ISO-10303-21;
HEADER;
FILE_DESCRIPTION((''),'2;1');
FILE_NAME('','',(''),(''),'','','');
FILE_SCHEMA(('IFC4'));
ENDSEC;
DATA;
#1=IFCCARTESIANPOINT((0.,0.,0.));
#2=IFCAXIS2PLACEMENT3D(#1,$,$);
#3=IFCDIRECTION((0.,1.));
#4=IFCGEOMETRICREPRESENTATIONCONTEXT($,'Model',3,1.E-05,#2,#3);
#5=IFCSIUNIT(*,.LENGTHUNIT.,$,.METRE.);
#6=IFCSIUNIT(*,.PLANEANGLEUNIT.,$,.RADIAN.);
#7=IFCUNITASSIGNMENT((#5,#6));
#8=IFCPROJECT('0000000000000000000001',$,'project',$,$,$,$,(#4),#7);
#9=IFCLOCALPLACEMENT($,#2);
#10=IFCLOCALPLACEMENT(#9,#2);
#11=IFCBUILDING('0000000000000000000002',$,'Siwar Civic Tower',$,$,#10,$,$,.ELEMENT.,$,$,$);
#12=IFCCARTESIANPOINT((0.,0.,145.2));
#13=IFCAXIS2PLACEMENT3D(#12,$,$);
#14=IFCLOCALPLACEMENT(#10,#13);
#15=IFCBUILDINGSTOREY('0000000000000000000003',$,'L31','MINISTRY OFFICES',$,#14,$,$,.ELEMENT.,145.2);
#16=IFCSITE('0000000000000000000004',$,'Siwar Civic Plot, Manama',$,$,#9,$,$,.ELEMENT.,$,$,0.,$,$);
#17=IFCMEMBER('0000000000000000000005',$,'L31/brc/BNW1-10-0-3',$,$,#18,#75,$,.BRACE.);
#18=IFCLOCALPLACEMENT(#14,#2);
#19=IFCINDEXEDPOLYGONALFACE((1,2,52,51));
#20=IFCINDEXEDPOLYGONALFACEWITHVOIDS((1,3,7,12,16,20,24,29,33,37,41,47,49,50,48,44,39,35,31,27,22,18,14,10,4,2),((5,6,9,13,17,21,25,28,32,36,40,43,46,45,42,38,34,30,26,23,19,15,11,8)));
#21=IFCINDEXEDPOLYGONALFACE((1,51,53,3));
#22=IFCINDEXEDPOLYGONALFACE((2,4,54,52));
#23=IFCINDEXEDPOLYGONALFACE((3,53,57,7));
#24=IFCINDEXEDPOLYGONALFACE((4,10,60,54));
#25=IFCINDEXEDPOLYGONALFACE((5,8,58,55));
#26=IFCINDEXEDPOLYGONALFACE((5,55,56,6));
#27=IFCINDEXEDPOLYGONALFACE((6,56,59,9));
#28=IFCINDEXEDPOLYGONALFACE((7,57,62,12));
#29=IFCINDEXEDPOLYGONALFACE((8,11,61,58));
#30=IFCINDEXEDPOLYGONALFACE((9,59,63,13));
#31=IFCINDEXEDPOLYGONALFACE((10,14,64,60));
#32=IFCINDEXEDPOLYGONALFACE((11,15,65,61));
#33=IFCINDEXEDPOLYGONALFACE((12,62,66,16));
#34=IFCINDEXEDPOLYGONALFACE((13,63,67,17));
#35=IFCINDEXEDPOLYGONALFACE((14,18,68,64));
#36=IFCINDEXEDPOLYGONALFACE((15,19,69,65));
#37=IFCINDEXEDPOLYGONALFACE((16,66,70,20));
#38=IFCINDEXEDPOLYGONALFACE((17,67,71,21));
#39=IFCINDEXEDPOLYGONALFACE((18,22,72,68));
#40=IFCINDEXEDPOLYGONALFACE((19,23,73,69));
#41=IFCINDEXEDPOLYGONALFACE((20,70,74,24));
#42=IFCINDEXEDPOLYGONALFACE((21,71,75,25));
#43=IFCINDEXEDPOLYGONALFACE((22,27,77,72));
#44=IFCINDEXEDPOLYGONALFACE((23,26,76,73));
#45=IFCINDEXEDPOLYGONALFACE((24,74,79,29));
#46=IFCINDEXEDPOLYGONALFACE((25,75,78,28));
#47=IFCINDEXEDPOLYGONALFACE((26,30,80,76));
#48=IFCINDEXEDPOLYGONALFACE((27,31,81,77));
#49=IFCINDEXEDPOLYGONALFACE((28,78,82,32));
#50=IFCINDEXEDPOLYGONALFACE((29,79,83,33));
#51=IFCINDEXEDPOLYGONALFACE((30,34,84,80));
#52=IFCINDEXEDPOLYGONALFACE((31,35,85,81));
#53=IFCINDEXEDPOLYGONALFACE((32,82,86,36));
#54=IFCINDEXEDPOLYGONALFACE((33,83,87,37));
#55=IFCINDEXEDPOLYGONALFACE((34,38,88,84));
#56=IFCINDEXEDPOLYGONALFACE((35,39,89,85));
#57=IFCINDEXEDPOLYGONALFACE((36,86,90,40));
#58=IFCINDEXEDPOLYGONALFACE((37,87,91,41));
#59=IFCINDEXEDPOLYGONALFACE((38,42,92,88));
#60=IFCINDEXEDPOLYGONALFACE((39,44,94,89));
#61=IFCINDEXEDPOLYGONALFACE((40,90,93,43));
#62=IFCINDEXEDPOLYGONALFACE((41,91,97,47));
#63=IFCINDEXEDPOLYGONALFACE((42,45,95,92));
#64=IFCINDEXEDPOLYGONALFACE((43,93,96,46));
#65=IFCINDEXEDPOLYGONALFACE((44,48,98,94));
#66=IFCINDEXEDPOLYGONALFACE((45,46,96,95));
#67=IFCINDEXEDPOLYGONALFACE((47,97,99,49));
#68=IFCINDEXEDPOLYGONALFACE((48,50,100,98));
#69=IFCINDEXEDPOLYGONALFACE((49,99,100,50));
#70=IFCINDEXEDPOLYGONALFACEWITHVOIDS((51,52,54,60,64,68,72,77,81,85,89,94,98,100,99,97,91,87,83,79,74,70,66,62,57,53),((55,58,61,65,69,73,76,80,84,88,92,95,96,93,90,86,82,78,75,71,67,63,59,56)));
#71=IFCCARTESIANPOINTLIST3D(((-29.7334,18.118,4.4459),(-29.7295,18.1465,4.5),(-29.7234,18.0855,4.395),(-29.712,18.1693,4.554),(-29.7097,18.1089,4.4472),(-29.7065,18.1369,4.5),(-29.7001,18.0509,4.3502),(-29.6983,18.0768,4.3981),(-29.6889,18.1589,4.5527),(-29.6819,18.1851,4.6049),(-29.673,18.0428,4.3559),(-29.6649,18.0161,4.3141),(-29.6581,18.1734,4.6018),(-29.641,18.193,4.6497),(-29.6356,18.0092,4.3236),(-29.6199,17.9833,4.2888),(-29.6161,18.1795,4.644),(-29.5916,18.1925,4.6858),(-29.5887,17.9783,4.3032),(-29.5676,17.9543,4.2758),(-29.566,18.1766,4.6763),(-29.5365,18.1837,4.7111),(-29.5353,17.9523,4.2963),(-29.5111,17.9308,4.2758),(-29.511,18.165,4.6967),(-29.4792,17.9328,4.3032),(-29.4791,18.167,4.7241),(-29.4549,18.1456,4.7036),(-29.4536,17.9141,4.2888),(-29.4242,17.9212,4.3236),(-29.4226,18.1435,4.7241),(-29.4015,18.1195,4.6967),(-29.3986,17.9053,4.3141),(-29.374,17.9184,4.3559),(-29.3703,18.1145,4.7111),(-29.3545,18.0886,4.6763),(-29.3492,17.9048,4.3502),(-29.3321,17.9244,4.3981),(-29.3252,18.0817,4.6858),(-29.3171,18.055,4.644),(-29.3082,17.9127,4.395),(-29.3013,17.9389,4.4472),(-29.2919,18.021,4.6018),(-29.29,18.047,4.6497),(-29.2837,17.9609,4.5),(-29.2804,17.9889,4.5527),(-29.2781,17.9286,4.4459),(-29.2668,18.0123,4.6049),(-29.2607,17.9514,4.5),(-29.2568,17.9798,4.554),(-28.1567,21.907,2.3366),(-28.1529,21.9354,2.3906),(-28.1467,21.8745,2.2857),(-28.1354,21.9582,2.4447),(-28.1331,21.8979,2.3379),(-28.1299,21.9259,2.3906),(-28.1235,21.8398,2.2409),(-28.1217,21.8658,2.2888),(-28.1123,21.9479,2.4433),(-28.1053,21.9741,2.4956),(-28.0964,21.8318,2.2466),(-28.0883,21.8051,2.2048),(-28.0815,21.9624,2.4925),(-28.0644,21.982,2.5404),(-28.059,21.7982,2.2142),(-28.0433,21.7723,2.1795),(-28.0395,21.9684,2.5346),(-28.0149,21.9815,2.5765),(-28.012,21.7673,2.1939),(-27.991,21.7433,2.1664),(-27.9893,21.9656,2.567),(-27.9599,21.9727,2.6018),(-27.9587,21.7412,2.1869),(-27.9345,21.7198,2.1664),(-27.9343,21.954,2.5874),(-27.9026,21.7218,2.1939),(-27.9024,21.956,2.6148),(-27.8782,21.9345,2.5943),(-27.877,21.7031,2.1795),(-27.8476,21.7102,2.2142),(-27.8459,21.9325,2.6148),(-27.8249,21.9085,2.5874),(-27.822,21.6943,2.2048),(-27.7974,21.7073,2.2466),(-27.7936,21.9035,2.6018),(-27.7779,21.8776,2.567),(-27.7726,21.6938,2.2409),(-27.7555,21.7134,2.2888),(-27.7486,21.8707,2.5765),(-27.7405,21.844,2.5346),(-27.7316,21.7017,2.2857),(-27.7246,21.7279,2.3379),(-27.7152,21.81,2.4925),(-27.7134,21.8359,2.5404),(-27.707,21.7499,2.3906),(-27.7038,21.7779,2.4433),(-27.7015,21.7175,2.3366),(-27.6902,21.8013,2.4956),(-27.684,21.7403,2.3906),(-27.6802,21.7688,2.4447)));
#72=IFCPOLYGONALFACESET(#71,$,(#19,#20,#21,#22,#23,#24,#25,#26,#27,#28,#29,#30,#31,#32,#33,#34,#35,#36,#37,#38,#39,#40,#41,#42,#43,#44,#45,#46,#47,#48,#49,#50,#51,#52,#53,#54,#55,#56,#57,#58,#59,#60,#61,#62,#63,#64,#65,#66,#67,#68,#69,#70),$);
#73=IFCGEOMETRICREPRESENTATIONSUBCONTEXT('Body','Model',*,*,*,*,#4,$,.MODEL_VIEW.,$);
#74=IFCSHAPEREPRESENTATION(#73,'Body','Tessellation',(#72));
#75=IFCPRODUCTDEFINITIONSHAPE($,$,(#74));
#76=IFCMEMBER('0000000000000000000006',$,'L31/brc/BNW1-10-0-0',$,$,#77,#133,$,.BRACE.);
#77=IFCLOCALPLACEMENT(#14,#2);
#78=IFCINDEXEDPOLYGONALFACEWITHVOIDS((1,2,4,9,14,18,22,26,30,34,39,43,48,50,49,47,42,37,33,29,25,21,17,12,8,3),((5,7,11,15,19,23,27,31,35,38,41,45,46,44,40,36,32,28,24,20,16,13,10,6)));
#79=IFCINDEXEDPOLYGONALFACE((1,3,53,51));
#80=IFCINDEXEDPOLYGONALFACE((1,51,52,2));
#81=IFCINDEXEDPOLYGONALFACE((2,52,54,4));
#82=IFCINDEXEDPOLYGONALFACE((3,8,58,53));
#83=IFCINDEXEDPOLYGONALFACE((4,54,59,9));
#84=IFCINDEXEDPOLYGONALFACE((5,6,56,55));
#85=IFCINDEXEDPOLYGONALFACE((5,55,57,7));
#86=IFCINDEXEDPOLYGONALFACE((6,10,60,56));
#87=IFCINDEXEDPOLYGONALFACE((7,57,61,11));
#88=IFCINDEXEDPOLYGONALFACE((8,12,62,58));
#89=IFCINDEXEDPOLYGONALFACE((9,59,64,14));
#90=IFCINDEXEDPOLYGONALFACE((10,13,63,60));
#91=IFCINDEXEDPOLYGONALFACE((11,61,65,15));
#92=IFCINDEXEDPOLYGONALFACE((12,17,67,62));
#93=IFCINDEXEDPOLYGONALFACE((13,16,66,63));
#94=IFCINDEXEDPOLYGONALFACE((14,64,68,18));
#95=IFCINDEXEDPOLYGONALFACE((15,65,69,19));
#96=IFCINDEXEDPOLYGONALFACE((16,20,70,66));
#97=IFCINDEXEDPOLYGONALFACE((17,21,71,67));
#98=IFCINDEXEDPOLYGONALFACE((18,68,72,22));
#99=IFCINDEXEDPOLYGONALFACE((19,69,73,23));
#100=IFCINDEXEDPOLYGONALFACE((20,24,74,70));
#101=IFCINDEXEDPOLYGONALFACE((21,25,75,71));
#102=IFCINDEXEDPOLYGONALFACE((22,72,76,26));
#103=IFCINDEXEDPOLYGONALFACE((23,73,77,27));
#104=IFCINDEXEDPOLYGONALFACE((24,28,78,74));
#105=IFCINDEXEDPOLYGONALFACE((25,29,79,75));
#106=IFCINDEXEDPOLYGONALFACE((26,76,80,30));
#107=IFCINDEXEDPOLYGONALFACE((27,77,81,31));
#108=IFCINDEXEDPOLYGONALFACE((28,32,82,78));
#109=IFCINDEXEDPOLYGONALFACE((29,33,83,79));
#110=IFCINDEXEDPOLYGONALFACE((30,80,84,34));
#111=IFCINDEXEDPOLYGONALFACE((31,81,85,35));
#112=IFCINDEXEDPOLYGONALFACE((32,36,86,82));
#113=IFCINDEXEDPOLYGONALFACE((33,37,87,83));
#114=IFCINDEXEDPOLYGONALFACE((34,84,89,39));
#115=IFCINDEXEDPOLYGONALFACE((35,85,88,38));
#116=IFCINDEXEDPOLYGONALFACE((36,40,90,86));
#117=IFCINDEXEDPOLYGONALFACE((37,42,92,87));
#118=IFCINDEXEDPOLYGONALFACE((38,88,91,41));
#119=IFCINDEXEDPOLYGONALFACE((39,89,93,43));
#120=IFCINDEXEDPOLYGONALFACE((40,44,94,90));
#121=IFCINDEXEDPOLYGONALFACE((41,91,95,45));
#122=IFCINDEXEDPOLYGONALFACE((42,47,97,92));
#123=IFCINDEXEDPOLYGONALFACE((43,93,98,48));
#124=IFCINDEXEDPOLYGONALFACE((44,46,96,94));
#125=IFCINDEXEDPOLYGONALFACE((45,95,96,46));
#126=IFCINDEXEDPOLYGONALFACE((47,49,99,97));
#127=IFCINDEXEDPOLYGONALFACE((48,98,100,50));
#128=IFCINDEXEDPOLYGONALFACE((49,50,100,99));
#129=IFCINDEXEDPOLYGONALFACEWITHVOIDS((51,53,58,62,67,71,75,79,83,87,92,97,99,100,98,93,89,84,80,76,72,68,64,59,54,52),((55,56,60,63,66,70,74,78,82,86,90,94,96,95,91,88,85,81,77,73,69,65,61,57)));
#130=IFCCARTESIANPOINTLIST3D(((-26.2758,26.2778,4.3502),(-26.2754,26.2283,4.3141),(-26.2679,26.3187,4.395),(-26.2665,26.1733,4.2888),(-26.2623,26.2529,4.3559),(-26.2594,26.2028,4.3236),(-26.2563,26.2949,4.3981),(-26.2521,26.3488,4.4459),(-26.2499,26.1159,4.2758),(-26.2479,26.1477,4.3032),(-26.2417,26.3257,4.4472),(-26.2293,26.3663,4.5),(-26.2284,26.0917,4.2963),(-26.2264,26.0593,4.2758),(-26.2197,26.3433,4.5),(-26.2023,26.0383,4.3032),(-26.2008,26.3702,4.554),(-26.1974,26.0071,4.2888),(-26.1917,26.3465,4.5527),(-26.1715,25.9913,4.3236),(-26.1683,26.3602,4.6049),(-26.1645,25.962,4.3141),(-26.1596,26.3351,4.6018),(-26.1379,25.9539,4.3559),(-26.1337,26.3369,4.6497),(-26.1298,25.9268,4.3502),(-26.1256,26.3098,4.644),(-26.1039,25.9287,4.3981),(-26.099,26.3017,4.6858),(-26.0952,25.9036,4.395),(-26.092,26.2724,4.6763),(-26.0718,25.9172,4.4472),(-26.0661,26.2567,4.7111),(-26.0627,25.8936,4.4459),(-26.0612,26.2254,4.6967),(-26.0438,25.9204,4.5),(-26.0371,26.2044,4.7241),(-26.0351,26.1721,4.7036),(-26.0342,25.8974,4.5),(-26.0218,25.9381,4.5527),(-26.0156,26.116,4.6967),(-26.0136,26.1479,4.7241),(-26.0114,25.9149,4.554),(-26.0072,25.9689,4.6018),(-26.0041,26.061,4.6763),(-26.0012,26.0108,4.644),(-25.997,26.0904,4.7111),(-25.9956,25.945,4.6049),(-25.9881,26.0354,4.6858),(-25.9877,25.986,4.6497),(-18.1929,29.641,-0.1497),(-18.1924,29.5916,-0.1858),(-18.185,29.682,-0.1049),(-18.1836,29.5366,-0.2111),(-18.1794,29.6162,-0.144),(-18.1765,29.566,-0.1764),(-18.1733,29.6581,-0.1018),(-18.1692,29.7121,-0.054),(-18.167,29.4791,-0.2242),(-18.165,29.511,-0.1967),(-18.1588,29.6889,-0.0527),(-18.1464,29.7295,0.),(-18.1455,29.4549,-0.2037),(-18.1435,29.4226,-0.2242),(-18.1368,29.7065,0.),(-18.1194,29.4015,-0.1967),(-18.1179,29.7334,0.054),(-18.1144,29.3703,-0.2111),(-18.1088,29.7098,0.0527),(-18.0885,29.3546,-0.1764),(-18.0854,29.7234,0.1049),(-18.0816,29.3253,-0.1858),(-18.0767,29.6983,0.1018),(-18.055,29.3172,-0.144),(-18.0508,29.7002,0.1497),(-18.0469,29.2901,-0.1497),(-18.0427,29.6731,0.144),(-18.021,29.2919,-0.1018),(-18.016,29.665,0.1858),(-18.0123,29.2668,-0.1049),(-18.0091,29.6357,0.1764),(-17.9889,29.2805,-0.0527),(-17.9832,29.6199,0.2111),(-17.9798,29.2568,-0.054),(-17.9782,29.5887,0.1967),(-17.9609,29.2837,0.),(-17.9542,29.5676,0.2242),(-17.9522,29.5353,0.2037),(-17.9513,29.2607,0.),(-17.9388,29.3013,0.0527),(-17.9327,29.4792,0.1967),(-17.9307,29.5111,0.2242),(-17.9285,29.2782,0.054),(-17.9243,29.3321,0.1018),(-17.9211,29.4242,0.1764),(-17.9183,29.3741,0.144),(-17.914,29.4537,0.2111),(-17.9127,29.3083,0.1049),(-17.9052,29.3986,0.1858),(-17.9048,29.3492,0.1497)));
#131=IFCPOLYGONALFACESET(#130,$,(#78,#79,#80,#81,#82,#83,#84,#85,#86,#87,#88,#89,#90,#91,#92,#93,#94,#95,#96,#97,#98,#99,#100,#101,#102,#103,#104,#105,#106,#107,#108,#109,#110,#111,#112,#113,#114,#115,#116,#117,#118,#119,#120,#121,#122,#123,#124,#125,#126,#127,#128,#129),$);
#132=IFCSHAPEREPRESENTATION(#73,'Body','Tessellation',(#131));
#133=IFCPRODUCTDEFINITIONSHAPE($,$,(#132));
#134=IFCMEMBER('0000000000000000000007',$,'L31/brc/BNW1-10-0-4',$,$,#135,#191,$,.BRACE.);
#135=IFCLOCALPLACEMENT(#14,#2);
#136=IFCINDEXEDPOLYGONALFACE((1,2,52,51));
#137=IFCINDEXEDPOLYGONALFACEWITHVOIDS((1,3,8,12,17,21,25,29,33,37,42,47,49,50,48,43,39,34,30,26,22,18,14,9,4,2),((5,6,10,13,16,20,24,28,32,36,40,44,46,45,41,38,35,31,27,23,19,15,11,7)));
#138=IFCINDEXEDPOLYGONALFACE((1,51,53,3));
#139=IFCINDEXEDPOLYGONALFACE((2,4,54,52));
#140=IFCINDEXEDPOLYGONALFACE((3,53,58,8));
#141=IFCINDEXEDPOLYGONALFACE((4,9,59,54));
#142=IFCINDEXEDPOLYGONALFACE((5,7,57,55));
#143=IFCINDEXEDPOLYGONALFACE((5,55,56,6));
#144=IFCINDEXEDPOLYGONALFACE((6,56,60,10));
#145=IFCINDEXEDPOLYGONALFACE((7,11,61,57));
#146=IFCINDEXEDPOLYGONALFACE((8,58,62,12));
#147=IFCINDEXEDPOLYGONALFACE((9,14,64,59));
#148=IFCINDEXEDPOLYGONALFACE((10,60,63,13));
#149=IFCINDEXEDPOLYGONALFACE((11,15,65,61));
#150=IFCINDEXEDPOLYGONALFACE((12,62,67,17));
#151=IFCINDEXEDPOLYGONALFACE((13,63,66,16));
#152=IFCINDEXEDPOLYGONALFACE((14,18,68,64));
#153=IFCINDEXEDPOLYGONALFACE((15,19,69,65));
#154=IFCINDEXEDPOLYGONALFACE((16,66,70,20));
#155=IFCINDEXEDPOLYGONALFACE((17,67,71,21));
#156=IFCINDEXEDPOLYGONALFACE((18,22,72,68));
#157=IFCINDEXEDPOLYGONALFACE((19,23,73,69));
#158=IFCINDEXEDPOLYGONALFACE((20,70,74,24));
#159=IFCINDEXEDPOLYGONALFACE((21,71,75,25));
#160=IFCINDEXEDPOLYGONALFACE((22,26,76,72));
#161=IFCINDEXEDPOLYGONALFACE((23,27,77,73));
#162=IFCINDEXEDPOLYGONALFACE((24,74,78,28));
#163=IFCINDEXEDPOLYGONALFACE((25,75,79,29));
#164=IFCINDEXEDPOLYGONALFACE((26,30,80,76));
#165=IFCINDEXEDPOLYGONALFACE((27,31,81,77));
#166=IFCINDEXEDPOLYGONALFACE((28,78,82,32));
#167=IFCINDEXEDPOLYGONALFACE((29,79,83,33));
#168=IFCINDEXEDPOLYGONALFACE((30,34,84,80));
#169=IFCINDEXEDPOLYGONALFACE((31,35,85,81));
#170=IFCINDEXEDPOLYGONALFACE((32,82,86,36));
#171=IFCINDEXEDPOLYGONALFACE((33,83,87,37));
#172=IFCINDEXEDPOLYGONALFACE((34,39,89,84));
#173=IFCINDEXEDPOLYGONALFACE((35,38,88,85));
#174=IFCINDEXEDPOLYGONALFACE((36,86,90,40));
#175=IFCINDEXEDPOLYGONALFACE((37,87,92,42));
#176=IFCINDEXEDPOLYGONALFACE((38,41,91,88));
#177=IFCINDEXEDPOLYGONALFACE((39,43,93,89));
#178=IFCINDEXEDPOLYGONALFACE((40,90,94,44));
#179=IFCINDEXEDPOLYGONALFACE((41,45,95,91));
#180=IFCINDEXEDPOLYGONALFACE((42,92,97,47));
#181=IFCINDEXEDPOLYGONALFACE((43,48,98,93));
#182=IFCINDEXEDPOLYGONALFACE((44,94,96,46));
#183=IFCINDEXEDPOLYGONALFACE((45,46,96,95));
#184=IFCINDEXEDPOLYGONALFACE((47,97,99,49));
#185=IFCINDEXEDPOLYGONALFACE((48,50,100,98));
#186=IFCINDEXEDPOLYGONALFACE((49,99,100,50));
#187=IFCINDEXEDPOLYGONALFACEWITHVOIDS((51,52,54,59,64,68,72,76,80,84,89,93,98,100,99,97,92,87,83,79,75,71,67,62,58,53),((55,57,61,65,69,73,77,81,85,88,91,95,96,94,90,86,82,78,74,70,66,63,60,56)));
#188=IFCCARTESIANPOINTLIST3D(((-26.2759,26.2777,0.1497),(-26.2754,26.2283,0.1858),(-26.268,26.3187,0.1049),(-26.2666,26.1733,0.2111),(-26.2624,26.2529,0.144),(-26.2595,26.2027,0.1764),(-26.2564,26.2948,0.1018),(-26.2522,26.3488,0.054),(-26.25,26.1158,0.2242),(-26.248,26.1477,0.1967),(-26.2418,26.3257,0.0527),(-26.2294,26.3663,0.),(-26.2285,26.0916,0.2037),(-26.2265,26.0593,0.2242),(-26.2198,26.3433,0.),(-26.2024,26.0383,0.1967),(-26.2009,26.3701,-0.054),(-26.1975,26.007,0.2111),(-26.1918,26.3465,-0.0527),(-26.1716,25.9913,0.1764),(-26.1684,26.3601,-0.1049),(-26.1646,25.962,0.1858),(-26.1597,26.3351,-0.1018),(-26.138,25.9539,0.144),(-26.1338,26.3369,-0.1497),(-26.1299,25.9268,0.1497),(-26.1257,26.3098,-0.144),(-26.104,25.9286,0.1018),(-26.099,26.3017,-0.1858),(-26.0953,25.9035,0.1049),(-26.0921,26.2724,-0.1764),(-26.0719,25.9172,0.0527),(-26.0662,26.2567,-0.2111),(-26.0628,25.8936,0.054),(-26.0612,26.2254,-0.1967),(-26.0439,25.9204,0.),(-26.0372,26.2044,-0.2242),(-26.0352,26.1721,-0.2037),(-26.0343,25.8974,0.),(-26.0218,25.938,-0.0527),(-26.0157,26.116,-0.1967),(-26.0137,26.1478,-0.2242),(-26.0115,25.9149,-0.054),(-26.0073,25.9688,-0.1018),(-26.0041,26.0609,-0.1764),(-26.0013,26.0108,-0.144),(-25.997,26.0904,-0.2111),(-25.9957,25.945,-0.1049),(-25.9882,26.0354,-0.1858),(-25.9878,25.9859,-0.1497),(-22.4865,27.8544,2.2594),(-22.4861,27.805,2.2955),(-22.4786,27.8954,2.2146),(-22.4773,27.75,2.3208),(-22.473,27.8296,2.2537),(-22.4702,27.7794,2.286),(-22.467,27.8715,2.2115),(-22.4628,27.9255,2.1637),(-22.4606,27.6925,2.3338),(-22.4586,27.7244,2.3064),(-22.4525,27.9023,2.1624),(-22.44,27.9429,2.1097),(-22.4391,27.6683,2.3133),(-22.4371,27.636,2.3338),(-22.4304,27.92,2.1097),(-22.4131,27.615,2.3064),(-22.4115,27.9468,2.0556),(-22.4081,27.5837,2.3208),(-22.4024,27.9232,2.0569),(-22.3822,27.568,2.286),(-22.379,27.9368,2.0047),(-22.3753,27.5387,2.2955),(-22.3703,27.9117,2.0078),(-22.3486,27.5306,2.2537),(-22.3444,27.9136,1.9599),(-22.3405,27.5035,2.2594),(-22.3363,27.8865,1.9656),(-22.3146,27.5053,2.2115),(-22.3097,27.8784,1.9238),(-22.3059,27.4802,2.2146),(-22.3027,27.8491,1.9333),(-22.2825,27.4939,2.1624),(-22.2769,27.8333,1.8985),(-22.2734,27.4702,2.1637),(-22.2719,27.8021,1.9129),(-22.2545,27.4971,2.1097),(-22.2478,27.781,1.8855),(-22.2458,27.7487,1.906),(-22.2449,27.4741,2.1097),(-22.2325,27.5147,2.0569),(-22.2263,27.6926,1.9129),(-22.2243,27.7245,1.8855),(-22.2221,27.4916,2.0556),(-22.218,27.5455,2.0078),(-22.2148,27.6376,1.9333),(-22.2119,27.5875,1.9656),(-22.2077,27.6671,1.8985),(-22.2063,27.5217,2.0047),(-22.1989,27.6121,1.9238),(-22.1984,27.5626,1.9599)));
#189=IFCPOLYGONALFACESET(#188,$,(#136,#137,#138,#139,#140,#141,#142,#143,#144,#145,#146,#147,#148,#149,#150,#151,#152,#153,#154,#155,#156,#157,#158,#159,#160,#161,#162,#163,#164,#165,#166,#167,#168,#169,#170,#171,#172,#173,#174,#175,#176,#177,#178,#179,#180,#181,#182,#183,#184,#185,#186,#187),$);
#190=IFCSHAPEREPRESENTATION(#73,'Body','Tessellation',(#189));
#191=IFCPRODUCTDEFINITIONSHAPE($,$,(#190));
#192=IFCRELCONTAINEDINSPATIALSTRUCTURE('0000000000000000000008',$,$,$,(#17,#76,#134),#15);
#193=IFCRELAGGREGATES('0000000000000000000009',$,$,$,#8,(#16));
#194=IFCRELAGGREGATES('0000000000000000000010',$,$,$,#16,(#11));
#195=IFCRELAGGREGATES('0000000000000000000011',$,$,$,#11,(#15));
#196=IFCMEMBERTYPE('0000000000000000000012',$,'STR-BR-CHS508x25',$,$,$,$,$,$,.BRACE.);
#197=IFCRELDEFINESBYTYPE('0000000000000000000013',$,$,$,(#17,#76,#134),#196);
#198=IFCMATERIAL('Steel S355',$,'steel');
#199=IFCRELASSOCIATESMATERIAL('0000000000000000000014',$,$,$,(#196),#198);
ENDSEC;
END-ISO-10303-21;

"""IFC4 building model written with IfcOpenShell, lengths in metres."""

from ifc_helpers import new_model, si_unit, direction, frame, origin, origin_2d, place, context, subcontext, project, spatial, hollow_circle, extrude, material, material_profile, profile_set, type_object, element, save


model = new_model("IFC4")

# Units and contexts
model_context = context("Model", 3, precision=1e-05, world=origin(), true_north=direction((0.0, 1.0)))
body_context = subcontext(model_context, "Body", "Model", "MODEL_VIEW")
ifc_project = project(units=[si_unit("LENGTHUNIT", "METRE"), si_unit("PLANEANGLEUNIT", "RADIAN")], contexts=[model_context])

# Site, building, storey
site_placement = place(None, origin())
site = spatial("IfcSite", under=ifc_project, at=site_placement, Name="Siwar Civic Plot, Manama", CompositionType="ELEMENT", RefElevation=0.0)
building_placement = place(site_placement, origin())
building = spatial("IfcBuilding", under=site, at=building_placement, Name="Siwar Civic Tower", CompositionType="ELEMENT")
storey_placement = place(building_placement, frame((0.0, 0.0, 145.2)))
storey = spatial("IfcBuildingStorey", under=building, at=storey_placement, Name="L31", Description="MINISTRY OFFICES", CompositionType="ELEMENT", Elevation=145.2)

# Members
ifc_material_1 = material(Name="Steel S355", Category="steel")
ifc_material_profile_1 = material_profile(ifc_material_1, hollow_circle(Radius=0.2539, WallThickness=0.0249, at=origin_2d()), Name="CHS508x25")
ifc_profile_set_1 = profile_set([ifc_material_profile_1], Name="Steel S355")
member_type_1 = type_object("IfcMemberType", Name="STR-BR-CHS508x25", PredefinedType="BRACE", material=ifc_profile_set_1)
member_1_placement = place(storey_placement, frame((-27.9185, 21.8379, 2.3906), z_axis=(-0.341686, -0.821146, 0.457133), x_axis=(0.92326, -0.384176, 0.0)))
element("IfcMember", 1, at=member_1_placement, inside=storey, type_object=member_type_1, Name="L31/brc/BNW1-10-0-3", PredefinedType="BRACE", context=body_context, shape_type="SweptSolid", body=[
    extrude(hollow_circle(Radius=0.2539, WallThickness=0.0249, at=origin_2d()), origin(), (0.0, 0.0, 1.0), 4.6143),
])
member_2_placement = place(storey_placement, frame((-18.0488, 29.4951, 0.0), z_axis=(-0.821143, -0.341671, 0.457149), x_axis=(0.384164, -0.923265, 0.0)))
element("IfcMember", 2, at=member_2_placement, inside=storey, type_object=member_type_1, Name="L31/brc/BNW1-10-0-0", PredefinedType="BRACE", context=body_context, shape_type="SweptSolid", body=[
    extrude(hollow_circle(Radius=0.2539, WallThickness=0.0249, at=origin_2d()), origin(), (0.0, 0.0, 1.0), 9.8435),
])
member_3_placement = place(storey_placement, frame((-26.1318, 26.1318, 0.0), z_axis=(0.821143, 0.341662, 0.457155), x_axis=(-0.384155, 0.923269, 0.0)))
element("IfcMember", 3, at=member_3_placement, inside=storey, type_object=member_type_1, Name="L31/brc/BNW1-10-0-4", PredefinedType="BRACE", context=body_context, shape_type="SweptSolid", body=[
    extrude(hollow_circle(Radius=0.2539, WallThickness=0.0249, at=origin_2d()), origin(), (0.0, 0.0, 1.0), 4.6147),
])

save(model, "model.ifc")
